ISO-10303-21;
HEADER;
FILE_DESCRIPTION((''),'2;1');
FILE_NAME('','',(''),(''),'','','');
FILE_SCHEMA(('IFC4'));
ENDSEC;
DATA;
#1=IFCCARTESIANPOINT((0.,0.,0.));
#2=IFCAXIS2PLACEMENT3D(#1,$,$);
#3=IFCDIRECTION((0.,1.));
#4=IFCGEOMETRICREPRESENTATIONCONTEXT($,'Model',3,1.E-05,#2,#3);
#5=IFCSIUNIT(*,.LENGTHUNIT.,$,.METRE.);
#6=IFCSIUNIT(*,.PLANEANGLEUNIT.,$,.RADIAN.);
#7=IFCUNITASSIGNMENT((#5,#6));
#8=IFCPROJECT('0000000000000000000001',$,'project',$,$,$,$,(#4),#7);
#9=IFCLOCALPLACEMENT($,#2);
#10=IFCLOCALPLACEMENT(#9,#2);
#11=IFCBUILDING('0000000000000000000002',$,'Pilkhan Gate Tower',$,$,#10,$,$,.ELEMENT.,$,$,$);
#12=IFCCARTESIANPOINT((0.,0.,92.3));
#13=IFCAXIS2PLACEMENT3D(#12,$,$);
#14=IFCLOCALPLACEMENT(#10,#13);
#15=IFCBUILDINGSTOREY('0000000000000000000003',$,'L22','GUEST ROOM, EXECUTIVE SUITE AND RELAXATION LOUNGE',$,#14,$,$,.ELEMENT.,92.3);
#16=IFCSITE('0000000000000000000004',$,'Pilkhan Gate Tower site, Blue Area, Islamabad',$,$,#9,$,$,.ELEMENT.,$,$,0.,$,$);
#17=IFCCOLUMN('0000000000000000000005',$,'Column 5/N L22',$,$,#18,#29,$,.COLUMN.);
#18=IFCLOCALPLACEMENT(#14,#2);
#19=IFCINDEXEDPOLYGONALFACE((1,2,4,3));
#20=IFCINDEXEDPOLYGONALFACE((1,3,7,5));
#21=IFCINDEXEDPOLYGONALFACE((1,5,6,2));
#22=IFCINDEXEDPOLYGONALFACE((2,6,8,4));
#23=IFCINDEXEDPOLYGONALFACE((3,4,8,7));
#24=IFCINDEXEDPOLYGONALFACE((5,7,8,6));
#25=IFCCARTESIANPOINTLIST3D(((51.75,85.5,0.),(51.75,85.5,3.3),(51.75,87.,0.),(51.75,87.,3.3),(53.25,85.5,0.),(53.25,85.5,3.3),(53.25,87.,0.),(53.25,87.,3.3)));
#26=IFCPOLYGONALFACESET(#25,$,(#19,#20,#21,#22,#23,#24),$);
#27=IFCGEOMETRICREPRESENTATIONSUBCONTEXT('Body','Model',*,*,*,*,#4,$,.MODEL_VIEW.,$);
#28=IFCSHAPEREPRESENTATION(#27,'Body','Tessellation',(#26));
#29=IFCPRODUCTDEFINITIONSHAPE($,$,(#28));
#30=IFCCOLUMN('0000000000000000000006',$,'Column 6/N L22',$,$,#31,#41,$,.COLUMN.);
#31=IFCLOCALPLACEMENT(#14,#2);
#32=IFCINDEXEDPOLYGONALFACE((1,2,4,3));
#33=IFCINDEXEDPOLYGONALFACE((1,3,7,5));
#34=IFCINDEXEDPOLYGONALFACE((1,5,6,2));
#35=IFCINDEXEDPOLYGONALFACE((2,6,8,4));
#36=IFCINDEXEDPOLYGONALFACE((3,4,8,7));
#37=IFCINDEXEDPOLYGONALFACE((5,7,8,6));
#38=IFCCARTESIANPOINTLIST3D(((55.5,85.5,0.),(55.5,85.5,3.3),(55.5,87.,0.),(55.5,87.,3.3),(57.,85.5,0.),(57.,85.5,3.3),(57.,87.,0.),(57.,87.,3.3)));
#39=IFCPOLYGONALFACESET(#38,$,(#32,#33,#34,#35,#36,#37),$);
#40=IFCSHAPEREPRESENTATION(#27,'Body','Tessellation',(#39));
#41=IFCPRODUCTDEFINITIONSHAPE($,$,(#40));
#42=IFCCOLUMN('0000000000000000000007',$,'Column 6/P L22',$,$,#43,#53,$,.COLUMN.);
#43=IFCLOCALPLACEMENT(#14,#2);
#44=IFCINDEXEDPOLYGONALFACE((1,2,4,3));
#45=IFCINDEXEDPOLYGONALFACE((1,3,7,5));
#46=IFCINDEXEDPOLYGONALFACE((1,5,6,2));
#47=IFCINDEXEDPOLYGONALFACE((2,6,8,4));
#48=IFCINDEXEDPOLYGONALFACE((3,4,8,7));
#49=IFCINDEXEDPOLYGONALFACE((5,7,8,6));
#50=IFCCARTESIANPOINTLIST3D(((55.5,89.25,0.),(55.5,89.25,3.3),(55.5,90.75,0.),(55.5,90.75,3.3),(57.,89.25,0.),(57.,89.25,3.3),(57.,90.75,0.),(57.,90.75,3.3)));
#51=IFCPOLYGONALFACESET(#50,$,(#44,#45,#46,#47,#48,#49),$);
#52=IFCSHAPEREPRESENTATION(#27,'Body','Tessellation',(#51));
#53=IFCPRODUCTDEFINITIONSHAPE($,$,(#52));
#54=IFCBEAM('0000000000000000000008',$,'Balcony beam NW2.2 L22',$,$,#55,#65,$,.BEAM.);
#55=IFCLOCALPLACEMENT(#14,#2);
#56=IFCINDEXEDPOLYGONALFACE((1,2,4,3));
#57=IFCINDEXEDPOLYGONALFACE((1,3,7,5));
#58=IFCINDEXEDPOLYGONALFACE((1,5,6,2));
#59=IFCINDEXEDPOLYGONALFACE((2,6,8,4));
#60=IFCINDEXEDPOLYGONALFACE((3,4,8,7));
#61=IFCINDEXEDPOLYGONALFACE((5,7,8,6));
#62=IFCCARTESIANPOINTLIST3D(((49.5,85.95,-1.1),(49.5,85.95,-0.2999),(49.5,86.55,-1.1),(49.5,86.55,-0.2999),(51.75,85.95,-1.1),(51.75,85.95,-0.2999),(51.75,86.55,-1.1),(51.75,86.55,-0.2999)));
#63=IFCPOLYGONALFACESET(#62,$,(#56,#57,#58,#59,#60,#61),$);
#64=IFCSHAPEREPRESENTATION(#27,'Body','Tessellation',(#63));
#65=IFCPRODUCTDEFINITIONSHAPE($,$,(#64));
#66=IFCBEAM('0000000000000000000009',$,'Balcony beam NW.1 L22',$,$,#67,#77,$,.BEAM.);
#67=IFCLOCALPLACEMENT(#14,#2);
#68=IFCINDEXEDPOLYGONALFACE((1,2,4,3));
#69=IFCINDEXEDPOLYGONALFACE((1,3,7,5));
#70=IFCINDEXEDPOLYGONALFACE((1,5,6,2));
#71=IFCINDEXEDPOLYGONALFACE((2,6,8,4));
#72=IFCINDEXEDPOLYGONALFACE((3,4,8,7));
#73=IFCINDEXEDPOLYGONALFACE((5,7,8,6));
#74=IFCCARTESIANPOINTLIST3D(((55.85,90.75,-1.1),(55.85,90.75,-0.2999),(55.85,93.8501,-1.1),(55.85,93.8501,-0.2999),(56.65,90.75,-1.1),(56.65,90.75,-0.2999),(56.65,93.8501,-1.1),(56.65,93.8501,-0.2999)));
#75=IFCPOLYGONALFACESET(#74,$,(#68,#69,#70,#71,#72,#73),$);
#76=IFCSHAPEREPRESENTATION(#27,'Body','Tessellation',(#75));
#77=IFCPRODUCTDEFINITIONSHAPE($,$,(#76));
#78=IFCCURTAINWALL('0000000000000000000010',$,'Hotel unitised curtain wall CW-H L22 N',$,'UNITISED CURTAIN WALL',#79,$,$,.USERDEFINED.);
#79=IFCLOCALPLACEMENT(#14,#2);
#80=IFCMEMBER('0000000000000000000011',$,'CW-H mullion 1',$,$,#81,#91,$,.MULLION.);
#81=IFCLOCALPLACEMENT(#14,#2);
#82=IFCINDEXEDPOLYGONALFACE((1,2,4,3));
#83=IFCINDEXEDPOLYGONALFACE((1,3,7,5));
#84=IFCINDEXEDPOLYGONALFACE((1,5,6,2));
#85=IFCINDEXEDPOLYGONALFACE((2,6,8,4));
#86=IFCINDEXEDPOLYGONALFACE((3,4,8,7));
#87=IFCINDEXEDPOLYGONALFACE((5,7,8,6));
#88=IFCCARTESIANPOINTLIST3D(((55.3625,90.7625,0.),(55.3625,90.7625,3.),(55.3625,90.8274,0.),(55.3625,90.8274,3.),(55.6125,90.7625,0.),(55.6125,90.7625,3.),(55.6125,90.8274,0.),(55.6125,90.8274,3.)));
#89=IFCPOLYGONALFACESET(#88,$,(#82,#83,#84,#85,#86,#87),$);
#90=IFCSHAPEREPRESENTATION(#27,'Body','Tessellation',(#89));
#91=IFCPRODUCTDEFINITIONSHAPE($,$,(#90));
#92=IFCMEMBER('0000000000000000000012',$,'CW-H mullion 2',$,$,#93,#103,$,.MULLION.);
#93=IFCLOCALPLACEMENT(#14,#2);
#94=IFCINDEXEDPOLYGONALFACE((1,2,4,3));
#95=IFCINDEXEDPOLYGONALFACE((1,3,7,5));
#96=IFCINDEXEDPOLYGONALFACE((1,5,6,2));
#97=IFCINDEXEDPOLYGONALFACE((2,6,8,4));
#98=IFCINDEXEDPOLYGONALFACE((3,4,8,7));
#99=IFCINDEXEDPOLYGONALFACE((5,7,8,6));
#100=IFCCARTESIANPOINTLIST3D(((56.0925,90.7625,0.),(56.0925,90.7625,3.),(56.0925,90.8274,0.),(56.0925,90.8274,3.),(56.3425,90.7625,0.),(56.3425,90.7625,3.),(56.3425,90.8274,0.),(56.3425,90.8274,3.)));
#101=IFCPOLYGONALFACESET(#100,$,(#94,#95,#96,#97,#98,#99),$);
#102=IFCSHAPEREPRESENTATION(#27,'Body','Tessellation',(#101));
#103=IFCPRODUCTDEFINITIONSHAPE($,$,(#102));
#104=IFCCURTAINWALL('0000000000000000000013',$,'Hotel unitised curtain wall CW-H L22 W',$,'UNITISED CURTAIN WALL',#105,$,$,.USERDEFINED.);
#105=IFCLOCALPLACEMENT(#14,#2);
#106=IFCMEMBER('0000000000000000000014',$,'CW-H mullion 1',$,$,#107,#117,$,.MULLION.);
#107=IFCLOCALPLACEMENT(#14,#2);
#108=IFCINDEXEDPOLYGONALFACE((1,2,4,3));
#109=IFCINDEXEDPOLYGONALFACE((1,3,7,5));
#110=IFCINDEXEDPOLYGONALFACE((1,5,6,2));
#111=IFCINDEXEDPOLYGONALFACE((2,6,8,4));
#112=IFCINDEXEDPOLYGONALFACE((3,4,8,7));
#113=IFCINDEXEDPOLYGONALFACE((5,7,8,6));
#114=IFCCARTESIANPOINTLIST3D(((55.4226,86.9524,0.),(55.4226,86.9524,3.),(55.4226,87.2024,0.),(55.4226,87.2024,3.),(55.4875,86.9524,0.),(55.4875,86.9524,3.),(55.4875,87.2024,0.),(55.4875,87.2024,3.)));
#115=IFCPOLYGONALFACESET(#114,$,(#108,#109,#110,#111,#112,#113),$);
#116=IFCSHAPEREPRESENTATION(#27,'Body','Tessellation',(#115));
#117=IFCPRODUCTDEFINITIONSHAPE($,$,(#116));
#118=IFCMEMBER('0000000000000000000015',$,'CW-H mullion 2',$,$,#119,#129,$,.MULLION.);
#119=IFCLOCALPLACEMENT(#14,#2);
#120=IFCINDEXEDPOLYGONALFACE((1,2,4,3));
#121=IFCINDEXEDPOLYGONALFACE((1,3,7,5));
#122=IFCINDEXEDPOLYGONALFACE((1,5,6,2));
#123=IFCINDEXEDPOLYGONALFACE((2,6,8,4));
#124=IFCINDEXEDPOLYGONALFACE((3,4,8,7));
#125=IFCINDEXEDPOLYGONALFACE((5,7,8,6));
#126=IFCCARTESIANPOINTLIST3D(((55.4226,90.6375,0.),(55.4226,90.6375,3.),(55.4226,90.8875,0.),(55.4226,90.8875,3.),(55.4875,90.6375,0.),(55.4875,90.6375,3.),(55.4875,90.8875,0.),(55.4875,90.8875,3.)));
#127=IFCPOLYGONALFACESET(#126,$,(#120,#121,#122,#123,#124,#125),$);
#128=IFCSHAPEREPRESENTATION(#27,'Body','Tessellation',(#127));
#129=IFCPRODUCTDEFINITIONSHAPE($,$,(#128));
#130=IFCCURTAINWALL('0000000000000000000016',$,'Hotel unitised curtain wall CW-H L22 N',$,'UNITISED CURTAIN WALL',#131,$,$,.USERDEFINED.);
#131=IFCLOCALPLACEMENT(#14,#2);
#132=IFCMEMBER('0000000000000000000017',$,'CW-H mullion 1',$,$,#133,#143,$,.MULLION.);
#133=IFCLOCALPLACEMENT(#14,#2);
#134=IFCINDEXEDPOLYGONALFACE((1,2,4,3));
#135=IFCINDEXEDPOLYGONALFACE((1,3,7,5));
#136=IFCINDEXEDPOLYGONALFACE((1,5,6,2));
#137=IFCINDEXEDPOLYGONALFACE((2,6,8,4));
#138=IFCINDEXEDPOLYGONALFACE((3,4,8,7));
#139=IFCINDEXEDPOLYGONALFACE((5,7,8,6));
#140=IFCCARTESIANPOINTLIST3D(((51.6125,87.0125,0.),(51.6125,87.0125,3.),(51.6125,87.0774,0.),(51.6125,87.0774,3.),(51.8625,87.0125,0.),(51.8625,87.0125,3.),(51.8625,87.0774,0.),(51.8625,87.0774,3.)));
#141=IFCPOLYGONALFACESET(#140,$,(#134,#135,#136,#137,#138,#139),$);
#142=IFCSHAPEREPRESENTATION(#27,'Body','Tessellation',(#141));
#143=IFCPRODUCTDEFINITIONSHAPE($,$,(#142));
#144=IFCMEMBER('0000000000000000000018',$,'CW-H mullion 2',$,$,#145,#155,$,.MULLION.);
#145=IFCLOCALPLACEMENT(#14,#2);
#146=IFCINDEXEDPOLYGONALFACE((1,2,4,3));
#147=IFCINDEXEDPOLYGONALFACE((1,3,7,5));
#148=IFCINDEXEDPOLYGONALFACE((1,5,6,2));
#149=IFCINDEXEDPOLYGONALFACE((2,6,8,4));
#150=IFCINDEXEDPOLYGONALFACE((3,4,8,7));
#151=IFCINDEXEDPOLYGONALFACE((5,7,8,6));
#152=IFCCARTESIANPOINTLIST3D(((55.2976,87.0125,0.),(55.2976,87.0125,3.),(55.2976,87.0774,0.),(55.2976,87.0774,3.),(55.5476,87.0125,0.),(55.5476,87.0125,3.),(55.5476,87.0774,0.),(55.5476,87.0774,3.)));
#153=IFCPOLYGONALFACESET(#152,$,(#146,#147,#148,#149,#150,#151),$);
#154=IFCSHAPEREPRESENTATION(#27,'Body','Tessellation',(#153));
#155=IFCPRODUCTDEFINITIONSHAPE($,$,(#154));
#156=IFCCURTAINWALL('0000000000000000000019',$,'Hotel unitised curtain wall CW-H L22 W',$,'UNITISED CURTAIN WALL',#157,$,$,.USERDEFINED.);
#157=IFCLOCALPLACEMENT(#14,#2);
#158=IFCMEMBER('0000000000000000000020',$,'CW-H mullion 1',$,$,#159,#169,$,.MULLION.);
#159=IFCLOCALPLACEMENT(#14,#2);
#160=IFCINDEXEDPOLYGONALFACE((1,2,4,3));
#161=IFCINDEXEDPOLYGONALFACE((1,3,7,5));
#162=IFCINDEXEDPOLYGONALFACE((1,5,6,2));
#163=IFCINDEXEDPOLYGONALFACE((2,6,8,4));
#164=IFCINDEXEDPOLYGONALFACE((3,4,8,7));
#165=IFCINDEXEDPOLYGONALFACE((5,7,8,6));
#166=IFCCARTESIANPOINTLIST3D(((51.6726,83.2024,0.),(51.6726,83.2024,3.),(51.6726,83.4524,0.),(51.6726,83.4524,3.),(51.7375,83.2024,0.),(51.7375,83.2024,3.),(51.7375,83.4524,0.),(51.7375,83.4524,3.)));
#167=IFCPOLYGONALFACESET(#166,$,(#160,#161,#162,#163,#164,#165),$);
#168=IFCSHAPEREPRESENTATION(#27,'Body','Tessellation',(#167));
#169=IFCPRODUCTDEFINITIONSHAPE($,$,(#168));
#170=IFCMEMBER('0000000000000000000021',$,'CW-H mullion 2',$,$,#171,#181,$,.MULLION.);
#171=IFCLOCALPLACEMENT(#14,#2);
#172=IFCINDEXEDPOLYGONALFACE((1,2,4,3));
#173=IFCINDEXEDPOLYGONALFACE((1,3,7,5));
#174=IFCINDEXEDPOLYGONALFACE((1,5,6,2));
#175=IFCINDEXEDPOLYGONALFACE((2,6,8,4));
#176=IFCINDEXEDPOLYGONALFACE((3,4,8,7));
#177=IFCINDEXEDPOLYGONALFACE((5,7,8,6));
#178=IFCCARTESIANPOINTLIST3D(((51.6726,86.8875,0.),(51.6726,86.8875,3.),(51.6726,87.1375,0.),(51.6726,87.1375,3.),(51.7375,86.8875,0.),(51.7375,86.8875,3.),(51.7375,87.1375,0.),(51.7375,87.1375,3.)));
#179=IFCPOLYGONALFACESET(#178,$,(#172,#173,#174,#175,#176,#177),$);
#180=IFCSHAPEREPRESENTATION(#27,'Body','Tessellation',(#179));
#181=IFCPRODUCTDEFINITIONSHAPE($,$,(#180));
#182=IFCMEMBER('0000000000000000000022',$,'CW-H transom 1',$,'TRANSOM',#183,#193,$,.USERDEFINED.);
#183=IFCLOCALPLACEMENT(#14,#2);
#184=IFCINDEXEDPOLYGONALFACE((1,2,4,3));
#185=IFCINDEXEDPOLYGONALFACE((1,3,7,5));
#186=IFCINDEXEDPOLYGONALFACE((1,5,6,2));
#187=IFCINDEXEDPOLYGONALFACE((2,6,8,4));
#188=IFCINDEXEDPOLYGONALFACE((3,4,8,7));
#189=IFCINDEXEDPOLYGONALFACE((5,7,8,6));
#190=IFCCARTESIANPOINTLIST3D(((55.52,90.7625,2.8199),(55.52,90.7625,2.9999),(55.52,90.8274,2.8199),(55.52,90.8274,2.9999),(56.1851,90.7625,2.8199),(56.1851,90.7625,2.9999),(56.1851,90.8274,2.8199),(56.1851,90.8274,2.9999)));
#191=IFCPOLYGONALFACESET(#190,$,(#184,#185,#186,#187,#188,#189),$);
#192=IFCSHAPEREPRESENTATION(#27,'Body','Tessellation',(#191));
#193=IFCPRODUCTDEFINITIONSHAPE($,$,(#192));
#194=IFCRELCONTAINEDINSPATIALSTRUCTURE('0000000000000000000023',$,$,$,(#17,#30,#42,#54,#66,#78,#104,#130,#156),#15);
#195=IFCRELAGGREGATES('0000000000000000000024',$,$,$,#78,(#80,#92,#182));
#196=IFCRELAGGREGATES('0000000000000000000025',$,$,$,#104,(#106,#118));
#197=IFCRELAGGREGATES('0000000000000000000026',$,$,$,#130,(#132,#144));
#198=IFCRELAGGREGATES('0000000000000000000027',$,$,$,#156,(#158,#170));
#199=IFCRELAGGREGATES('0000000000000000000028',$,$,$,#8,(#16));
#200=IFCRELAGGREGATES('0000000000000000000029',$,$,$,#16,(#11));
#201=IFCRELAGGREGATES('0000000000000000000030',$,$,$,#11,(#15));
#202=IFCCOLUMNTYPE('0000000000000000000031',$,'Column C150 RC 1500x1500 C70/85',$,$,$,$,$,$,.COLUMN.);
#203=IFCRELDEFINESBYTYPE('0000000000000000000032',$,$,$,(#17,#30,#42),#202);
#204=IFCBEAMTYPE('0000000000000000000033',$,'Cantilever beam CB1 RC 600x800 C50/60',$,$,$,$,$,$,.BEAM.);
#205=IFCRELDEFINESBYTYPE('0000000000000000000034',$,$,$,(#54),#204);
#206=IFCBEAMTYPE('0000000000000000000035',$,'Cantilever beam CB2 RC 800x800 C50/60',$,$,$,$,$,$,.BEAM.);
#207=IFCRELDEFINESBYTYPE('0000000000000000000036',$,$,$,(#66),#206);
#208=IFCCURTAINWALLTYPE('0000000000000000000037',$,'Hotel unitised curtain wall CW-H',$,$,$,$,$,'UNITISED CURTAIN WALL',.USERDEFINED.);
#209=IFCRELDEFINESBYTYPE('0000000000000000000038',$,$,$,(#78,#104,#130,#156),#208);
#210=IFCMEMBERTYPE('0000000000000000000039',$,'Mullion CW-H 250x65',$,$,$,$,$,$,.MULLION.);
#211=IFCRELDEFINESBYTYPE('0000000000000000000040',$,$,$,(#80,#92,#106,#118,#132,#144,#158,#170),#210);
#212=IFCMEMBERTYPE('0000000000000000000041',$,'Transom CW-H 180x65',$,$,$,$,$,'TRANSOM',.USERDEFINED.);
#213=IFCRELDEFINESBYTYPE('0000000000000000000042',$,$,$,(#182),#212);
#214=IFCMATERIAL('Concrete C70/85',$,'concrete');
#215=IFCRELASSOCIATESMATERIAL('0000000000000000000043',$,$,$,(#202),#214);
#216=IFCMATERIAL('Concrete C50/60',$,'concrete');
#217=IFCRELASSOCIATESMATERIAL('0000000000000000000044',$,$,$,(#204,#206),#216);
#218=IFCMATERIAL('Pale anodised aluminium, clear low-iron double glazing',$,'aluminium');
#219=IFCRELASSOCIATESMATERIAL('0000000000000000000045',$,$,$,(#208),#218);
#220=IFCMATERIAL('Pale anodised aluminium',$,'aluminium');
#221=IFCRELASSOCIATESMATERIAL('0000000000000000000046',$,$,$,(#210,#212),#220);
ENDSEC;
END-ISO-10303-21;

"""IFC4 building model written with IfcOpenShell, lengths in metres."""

from ifc_helpers import new_model, si_unit, direction, frame, origin, origin_2d, place, context, subcontext, project, spatial, rectangle, extrude, material, material_profile, profile_set, type_object, element, aggregate, save


model = new_model("IFC4")

# Units and contexts
model_context = context("Model", 3, precision=1e-05, world=origin(), true_north=direction((0.0, 1.0)))
body_context = subcontext(model_context, "Body", "Model", "MODEL_VIEW")
ifc_project = project(units=[si_unit("LENGTHUNIT", "METRE"), si_unit("PLANEANGLEUNIT", "RADIAN")], contexts=[model_context])

# Site, building, storey
site_placement = place(None, origin())
site = spatial("IfcSite", under=ifc_project, at=site_placement, Name="Pilkhan Gate Tower site, Blue Area, Islamabad", CompositionType="ELEMENT", RefElevation=0.0)
building_placement = place(site_placement, origin())
building = spatial("IfcBuilding", under=site, at=building_placement, Name="Pilkhan Gate Tower", CompositionType="ELEMENT")
storey_placement = place(building_placement, frame((0.0, 0.0, 92.3)))
storey = spatial("IfcBuildingStorey", under=building, at=storey_placement, Name="L22", Description="GUEST ROOM, EXECUTIVE SUITE AND RELAXATION LOUNGE", CompositionType="ELEMENT", Elevation=92.3)

# Columns
ifc_material_1 = material(Name="Concrete C70/85", Category="concrete")
ifc_material_profile_1 = material_profile(ifc_material_1, rectangle(XDim=1.5, YDim=1.5, at=origin_2d()), Name="RC 1500x1500")
ifc_profile_set_1 = profile_set([ifc_material_profile_1], Name="Concrete C70/85")
column_type = type_object("IfcColumnType", Name="Column C150 RC 1500x1500 C70/85", PredefinedType="COLUMN", material=ifc_profile_set_1)
for number, where, z_axis, x_axis, name in (
    (1, (52.5, 86.25, 0.0), (0.0, 0.0, 1.0), (1.0, 0.0, 0.0), "Column 5/N L22"),
    (2, (56.25, 86.25, 0.0), (0.0, 0.0, 1.0), (1.0, 0.0, 0.0), "Column 6/N L22"),
    (3, (56.25, 90.0, 0.0), (0.0, 0.0, 1.0), (1.0, 0.0, 0.0), "Column 6/P L22"),
):
    element("IfcColumn", number, at=place(storey_placement, frame(where, z_axis=z_axis, x_axis=x_axis)), inside=storey, type_object=column_type, Name=name, PredefinedType="COLUMN", context=body_context, shape_type="SweptSolid", body=[
        extrude(rectangle(XDim=1.5, YDim=1.5, at=origin_2d()), origin(), (0.0, 0.0, 1.0), 3.3),
    ])

# Beams
ifc_material_2 = material(Name="Concrete C50/60", Category="concrete")
ifc_material_profile_2 = material_profile(ifc_material_2, rectangle(XDim=0.6001, YDim=0.8, at=origin_2d()), Name="RC 600x800")
ifc_profile_set_2 = profile_set([ifc_material_profile_2], Name="Concrete C50/60")
beam_type_1 = type_object("IfcBeamType", Name="Cantilever beam CB1 RC 600x800 C50/60", PredefinedType="BEAM", material=ifc_profile_set_2)
beam_1_placement = place(storey_placement, frame((51.75, 86.25, -0.7), z_axis=(-1.0, 0.0, 0.0), x_axis=(0.0, -1.0, 0.0)))
element("IfcBeam", 4, at=beam_1_placement, inside=storey, type_object=beam_type_1, Name="Balcony beam NW2.2 L22", PredefinedType="BEAM", context=body_context, shape_type="SweptSolid", body=[
    extrude(rectangle(XDim=0.6001, YDim=0.8, at=origin_2d()), origin(), (0.0, 0.0, 1.0), 2.25),
])
ifc_material_profile_3 = material_profile(ifc_material_2, rectangle(XDim=0.8, YDim=0.8, at=origin_2d()), Name="RC 800x800")
ifc_profile_set_3 = profile_set([ifc_material_profile_3], Name="Concrete C50/60")
beam_type_2 = type_object("IfcBeamType", Name="Cantilever beam CB2 RC 800x800 C50/60", PredefinedType="BEAM", material=ifc_profile_set_3)
beam_2_placement = place(storey_placement, frame((56.25, 90.75, -0.7), z_axis=(0.0, 1.0, 0.0), x_axis=(-1.0, 0.0, 0.0)))
element("IfcBeam", 5, at=beam_2_placement, inside=storey, type_object=beam_type_2, Name="Balcony beam NW.1 L22", PredefinedType="BEAM", context=body_context, shape_type="SweptSolid", body=[
    extrude(rectangle(XDim=0.8, YDim=0.8, at=origin_2d()), origin(), (0.0, 0.0, 1.0), 3.1001),
])

# Curtain walls, members
ifc_material_3 = material(Name="Pale anodised aluminium, clear low-iron double glazing", Category="aluminium")
curtain_wall_type = type_object("IfcCurtainWallType", Name="Hotel unitised curtain wall CW-H", ElementType="UNITISED CURTAIN WALL", PredefinedType="USERDEFINED", material=ifc_material_3)
curtain_wall_1_placement = place(storey_placement, origin())
curtain_wall_1 = element("IfcCurtainWall", 6, at=curtain_wall_1_placement, inside=storey, type_object=curtain_wall_type, Name="Hotel unitised curtain wall CW-H L22 N", ObjectType="UNITISED CURTAIN WALL", PredefinedType="USERDEFINED")
ifc_material_4 = material(Name="Pale anodised aluminium", Category="aluminium")
ifc_material_profile_4 = material_profile(ifc_material_4, rectangle(XDim=0.0649, YDim=0.25, at=origin_2d()), Name="Mullion 250x65")
ifc_profile_set_4 = profile_set([ifc_material_profile_4], Name="Pale anodised aluminium")
member_type_1 = type_object("IfcMemberType", Name="Mullion CW-H 250x65", PredefinedType="MULLION", material=ifc_profile_set_4)
member_1_placement = place(storey_placement, frame((55.4875, 90.7949, 0.0), z_axis=(0.0, 0.0, 1.0), x_axis=(0.0, 1.0, 0.0)))
member_1 = element("IfcMember", 7, at=member_1_placement, type_object=member_type_1, Name="CW-H mullion 1", PredefinedType="MULLION", context=body_context, shape_type="SweptSolid", body=[
    extrude(rectangle(XDim=0.0649, YDim=0.25, at=origin_2d()), origin(), (0.0, 0.0, 1.0), 3.0),
])
member_2_placement = place(storey_placement, frame((56.2175, 90.7949, 0.0), z_axis=(0.0, 0.0, 1.0), x_axis=(0.0, 1.0, 0.0)))
member_2 = element("IfcMember", 8, at=member_2_placement, type_object=member_type_1, Name="CW-H mullion 2", PredefinedType="MULLION", context=body_context, shape_type="SweptSolid", body=[
    extrude(rectangle(XDim=0.0649, YDim=0.25, at=origin_2d()), origin(), (0.0, 0.0, 1.0), 3.0),
])
curtain_wall_2_placement = place(storey_placement, origin())
curtain_wall_2 = element("IfcCurtainWall", 9, at=curtain_wall_2_placement, inside=storey, type_object=curtain_wall_type, Name="Hotel unitised curtain wall CW-H L22 W", ObjectType="UNITISED CURTAIN WALL", PredefinedType="USERDEFINED")
member_3_placement = place(storey_placement, frame((55.4551, 87.0774, 0.0), z_axis=(0.0, 0.0, 1.0), x_axis=(-1.0, 0.0, 0.0)))
member_3 = element("IfcMember", 10, at=member_3_placement, type_object=member_type_1, Name="CW-H mullion 1", PredefinedType="MULLION", context=body_context, shape_type="SweptSolid", body=[
    extrude(rectangle(XDim=0.0649, YDim=0.25, at=origin_2d()), origin(), (0.0, 0.0, 1.0), 3.0),
])
member_4_placement = place(storey_placement, frame((55.4551, 90.7625, 0.0), z_axis=(0.0, 0.0, 1.0), x_axis=(-1.0, 0.0, 0.0)))
member_4 = element("IfcMember", 11, at=member_4_placement, type_object=member_type_1, Name="CW-H mullion 2", PredefinedType="MULLION", context=body_context, shape_type="SweptSolid", body=[
    extrude(rectangle(XDim=0.0649, YDim=0.25, at=origin_2d()), origin(), (0.0, 0.0, 1.0), 3.0),
])
curtain_wall_3_placement = place(storey_placement, origin())
curtain_wall_3 = element("IfcCurtainWall", 12, at=curtain_wall_3_placement, inside=storey, type_object=curtain_wall_type, Name="Hotel unitised curtain wall CW-H L22 N", ObjectType="UNITISED CURTAIN WALL", PredefinedType="USERDEFINED")
member_5_placement = place(storey_placement, frame((51.7375, 87.0449, 0.0), z_axis=(0.0, 0.0, 1.0), x_axis=(0.0, 1.0, 0.0)))
member_5 = element("IfcMember", 13, at=member_5_placement, type_object=member_type_1, Name="CW-H mullion 1", PredefinedType="MULLION", context=body_context, shape_type="SweptSolid", body=[
    extrude(rectangle(XDim=0.0649, YDim=0.25, at=origin_2d()), origin(), (0.0, 0.0, 1.0), 3.0),
])
member_6_placement = place(storey_placement, frame((55.4226, 87.0449, 0.0), z_axis=(0.0, 0.0, 1.0), x_axis=(0.0, 1.0, 0.0)))
member_6 = element("IfcMember", 14, at=member_6_placement, type_object=member_type_1, Name="CW-H mullion 2", PredefinedType="MULLION", context=body_context, shape_type="SweptSolid", body=[
    extrude(rectangle(XDim=0.0649, YDim=0.25, at=origin_2d()), origin(), (0.0, 0.0, 1.0), 3.0),
])
curtain_wall_4_placement = place(storey_placement, origin())
curtain_wall_4 = element("IfcCurtainWall", 15, at=curtain_wall_4_placement, inside=storey, type_object=curtain_wall_type, Name="Hotel unitised curtain wall CW-H L22 W", ObjectType="UNITISED CURTAIN WALL", PredefinedType="USERDEFINED")
member_7_placement = place(storey_placement, frame((51.7051, 83.3274, 0.0), z_axis=(0.0, 0.0, 1.0), x_axis=(-1.0, 0.0, 0.0)))
member_7 = element("IfcMember", 16, at=member_7_placement, type_object=member_type_1, Name="CW-H mullion 1", PredefinedType="MULLION", context=body_context, shape_type="SweptSolid", body=[
    extrude(rectangle(XDim=0.0649, YDim=0.25, at=origin_2d()), origin(), (0.0, 0.0, 1.0), 3.0),
])
member_8_placement = place(storey_placement, frame((51.7051, 87.0125, 0.0), z_axis=(0.0, 0.0, 1.0), x_axis=(-1.0, 0.0, 0.0)))
member_8 = element("IfcMember", 17, at=member_8_placement, type_object=member_type_1, Name="CW-H mullion 2", PredefinedType="MULLION", context=body_context, shape_type="SweptSolid", body=[
    extrude(rectangle(XDim=0.0649, YDim=0.25, at=origin_2d()), origin(), (0.0, 0.0, 1.0), 3.0),
])

# Member
ifc_material_profile_5 = material_profile(ifc_material_4, rectangle(XDim=0.0649, YDim=0.1799, at=origin_2d()), Name="Transom 180x65")
ifc_profile_set_5 = profile_set([ifc_material_profile_5], Name="Pale anodised aluminium")
member_type_2 = type_object("IfcMemberType", Name="Transom CW-H 180x65", ElementType="TRANSOM", PredefinedType="USERDEFINED", material=ifc_profile_set_5)
member_9_placement = place(storey_placement, frame((55.52, 90.7949, 2.9099), z_axis=(1.0, 0.0, 0.0), x_axis=(0.0, 1.0, 0.0)))
member_9 = element("IfcMember", 18, at=member_9_placement, type_object=member_type_2, Name="CW-H transom 1", ObjectType="TRANSOM", PredefinedType="USERDEFINED", context=body_context, shape_type="SweptSolid", body=[
    extrude(rectangle(XDim=0.0649, YDim=0.1799, at=origin_2d()), origin(), (0.0, 0.0, 1.0), 0.665),
])

aggregate(curtain_wall_1, [member_1, member_2, member_9])
aggregate(curtain_wall_2, [member_3, member_4])
aggregate(curtain_wall_3, [member_5, member_6])
aggregate(curtain_wall_4, [member_7, member_8])

save(model, "model.ifc")
